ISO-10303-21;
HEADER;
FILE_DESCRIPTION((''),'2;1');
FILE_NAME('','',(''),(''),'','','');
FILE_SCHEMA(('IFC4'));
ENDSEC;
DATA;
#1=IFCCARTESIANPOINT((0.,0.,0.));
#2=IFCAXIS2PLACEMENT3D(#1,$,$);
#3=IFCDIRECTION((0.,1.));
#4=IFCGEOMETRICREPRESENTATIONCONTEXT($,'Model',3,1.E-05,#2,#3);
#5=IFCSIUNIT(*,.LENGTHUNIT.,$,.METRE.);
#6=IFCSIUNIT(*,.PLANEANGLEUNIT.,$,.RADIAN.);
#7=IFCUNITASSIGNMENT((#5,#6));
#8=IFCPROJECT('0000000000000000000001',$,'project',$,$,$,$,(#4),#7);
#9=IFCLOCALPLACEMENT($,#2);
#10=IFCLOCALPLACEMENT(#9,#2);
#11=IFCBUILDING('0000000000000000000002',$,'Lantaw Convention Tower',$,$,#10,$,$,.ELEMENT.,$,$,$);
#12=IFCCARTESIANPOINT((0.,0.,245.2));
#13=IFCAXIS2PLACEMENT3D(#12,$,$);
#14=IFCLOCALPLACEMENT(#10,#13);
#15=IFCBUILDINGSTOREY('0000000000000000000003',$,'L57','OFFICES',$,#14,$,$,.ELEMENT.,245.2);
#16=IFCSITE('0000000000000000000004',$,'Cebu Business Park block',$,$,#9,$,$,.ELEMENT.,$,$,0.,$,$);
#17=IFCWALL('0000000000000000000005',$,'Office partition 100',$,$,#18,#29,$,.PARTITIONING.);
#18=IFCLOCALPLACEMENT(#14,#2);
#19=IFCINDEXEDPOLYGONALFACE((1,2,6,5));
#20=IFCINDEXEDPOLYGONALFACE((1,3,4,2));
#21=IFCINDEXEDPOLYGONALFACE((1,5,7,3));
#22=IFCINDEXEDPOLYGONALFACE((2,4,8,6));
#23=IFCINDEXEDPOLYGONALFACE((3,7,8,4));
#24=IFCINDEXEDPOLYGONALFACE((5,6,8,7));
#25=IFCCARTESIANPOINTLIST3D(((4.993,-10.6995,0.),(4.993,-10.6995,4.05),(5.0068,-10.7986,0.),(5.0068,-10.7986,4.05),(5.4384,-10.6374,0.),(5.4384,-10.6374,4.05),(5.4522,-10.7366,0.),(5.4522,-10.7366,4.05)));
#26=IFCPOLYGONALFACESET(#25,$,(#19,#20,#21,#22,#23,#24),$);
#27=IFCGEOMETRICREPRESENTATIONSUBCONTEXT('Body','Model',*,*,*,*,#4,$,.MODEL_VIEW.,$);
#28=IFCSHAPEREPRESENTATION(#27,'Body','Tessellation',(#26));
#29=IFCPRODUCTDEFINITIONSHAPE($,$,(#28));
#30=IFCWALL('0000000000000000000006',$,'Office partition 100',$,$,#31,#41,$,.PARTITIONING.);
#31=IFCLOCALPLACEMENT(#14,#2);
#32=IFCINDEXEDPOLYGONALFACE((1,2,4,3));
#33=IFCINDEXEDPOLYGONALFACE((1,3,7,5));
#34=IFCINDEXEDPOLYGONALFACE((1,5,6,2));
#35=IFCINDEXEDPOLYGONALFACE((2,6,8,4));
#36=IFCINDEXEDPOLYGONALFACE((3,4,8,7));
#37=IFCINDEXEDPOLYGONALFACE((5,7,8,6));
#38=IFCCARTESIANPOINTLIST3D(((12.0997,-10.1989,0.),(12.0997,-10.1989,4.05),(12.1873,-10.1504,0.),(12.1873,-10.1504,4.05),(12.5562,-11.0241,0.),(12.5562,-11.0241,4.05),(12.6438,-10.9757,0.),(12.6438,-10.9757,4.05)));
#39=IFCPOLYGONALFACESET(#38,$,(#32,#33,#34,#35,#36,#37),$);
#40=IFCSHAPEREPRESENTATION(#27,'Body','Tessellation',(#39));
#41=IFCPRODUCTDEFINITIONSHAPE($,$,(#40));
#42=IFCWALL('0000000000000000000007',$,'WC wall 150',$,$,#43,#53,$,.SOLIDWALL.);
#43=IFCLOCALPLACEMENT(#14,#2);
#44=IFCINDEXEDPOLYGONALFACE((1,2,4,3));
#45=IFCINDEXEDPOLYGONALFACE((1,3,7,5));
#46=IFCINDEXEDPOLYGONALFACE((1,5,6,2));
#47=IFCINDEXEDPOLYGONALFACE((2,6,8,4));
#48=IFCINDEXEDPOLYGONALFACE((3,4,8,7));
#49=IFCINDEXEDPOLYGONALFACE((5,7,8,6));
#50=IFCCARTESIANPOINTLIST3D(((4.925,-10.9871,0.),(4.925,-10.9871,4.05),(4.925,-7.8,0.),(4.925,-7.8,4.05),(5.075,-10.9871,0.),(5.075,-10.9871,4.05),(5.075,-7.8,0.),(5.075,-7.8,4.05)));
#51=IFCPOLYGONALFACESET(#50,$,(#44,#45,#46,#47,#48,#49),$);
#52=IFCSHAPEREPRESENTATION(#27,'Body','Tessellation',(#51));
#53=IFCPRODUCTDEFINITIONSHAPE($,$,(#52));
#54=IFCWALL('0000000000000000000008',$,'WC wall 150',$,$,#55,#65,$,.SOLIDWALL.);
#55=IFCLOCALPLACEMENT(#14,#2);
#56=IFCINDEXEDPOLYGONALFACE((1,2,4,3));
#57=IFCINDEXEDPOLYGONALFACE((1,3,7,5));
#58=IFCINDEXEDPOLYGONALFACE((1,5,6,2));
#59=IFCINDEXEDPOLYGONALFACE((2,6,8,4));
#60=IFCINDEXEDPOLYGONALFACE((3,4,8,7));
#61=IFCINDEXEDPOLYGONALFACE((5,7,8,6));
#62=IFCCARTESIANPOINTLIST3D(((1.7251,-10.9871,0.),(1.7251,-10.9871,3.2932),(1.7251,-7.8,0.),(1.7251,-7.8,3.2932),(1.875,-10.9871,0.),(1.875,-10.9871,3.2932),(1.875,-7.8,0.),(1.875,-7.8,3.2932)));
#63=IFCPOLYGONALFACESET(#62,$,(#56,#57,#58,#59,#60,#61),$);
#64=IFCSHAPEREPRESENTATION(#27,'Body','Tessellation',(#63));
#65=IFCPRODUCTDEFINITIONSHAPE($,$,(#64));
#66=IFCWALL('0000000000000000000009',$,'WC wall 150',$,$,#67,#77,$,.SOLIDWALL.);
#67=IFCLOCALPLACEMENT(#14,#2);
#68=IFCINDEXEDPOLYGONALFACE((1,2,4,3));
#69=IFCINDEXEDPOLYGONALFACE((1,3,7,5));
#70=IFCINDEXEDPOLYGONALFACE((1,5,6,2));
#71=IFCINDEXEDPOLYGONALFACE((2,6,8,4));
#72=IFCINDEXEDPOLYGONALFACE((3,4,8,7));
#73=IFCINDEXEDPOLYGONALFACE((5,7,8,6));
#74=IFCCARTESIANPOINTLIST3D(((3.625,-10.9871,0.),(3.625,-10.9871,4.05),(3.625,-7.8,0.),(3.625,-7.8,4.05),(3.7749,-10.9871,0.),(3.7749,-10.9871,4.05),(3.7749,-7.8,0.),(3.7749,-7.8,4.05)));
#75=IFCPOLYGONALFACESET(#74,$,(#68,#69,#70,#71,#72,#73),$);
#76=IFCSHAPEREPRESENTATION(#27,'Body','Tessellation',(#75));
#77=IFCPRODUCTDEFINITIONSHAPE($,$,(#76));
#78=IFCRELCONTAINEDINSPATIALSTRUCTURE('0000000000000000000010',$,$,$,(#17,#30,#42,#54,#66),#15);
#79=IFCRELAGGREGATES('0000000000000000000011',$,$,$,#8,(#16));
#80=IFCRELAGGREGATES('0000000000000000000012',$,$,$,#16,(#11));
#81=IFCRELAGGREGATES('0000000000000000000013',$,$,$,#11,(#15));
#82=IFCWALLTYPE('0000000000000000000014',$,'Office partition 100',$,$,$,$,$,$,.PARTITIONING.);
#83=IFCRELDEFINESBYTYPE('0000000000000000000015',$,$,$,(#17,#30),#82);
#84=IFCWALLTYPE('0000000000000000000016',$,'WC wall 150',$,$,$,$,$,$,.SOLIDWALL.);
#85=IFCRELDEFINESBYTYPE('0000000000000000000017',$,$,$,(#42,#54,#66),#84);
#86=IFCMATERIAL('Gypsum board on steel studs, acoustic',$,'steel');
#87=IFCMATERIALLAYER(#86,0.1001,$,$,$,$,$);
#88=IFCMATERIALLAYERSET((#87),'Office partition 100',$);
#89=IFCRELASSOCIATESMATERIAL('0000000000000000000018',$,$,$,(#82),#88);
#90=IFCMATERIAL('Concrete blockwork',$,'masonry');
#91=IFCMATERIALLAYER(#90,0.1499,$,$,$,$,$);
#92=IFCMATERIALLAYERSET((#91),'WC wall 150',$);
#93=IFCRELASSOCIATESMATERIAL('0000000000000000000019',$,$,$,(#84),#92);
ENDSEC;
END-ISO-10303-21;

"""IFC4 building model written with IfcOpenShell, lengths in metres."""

from ifc_helpers import new_model, si_unit, direction, frame, frame_2d, origin, place, context, subcontext, project, spatial, rectangle, extrude, material, layer, layer_set, type_object, element, save


model = new_model("IFC4")

# Units and contexts
model_context = context("Model", 3, precision=1e-05, world=origin(), true_north=direction((0.0, 1.0)))
body_context = subcontext(model_context, "Body", "Model", "MODEL_VIEW")
ifc_project = project(units=[si_unit("LENGTHUNIT", "METRE"), si_unit("PLANEANGLEUNIT", "RADIAN")], contexts=[model_context])

# Site, building, storey
site_placement = place(None, origin())
site = spatial("IfcSite", under=ifc_project, at=site_placement, Name="Cebu Business Park block", CompositionType="ELEMENT", RefElevation=0.0)
building_placement = place(site_placement, origin())
building = spatial("IfcBuilding", under=site, at=building_placement, Name="Lantaw Convention Tower", CompositionType="ELEMENT")
storey_placement = place(building_placement, frame((0.0, 0.0, 245.2)))
storey = spatial("IfcBuildingStorey", under=building, at=storey_placement, Name="L57", Description="OFFICES", CompositionType="ELEMENT", Elevation=245.2)

# Walls
ifc_material_1 = material(Name="Gypsum board on steel studs, acoustic", Category="steel")
ifc_layer_1 = layer(ifc_material_1, 0.1001)
ifc_layer_set_1 = layer_set([ifc_layer_1], Name="Office partition 100")
wall_type_1 = type_object("IfcWallType", Name="Office partition 100", PredefinedType="PARTITIONING", material=ifc_layer_set_1)
wall_1_placement = place(storey_placement, frame((5.4453, -10.687, 0.0), z_axis=(0.0, 0.0, 1.0), x_axis=(-0.990443, -0.137924, 0.0)))
element("IfcWall", 1, at=wall_1_placement, inside=storey, type_object=wall_type_1, Name="Office partition 100", PredefinedType="PARTITIONING", context=body_context, shape_type="SweptSolid", body=[
    extrude(rectangle(XDim=0.4497, YDim=0.1001, at=frame_2d((0.2249, 0.0))), origin(), (0.0, 0.0, 1.0), 4.05),
])
wall_2_placement = place(storey_placement, frame((12.6001, -11.0, 0.0), z_axis=(0.0, 0.0, 1.0), x_axis=(-0.484104, 0.875011, 0.0)))
element("IfcWall", 2, at=wall_2_placement, inside=storey, type_object=wall_type_1, Name="Office partition 100", PredefinedType="PARTITIONING", context=body_context, shape_type="SweptSolid", body=[
    extrude(rectangle(XDim=0.9431, YDim=0.1001, at=frame_2d((0.4717, 0.0))), origin(), (0.0, 0.0, 1.0), 4.05),
])
ifc_material_2 = material(Name="Concrete blockwork", Category="masonry")
ifc_layer_2 = layer(ifc_material_2, 0.1499)
ifc_layer_set_2 = layer_set([ifc_layer_2], Name="WC wall 150")
wall_type_2 = type_object("IfcWallType", Name="WC wall 150", PredefinedType="SOLIDWALL", material=ifc_layer_set_2)
wall_3_placement = place(storey_placement, frame((5.0, -7.8, 0.0), z_axis=(0.0, 0.0, 1.0), x_axis=(0.0, -1.0, 0.0)))
element("IfcWall", 3, at=wall_3_placement, inside=storey, type_object=wall_type_2, Name="WC wall 150", PredefinedType="SOLIDWALL", context=body_context, shape_type="SweptSolid", body=[
    extrude(rectangle(XDim=3.187, YDim=0.1499, at=frame_2d((1.5935, 0.0))), origin(), (0.0, 0.0, 1.0), 4.05),
])
wall_4_placement = place(storey_placement, frame((1.8, -7.8, 0.0), z_axis=(0.0, 0.0, 1.0), x_axis=(0.0, -1.0, 0.0)))
element("IfcWall", 4, at=wall_4_placement, inside=storey, type_object=wall_type_2, Name="WC wall 150", PredefinedType="SOLIDWALL", context=body_context, shape_type="SweptSolid", body=[
    extrude(rectangle(XDim=3.187, YDim=0.1499, at=frame_2d((1.5935, 0.0))), origin(), (0.0, 0.0, 1.0), 3.2932),
])
wall_5_placement = place(storey_placement, frame((3.7, -7.8, 0.0), z_axis=(0.0, 0.0, 1.0), x_axis=(0.0, -1.0, 0.0)))
element("IfcWall", 5, at=wall_5_placement, inside=storey, type_object=wall_type_2, Name="WC wall 150", PredefinedType="SOLIDWALL", context=body_context, shape_type="SweptSolid", body=[
    extrude(rectangle(XDim=3.187, YDim=0.1499, at=frame_2d((1.5935, 0.0))), origin(), (0.0, 0.0, 1.0), 4.05),
])

save(model, "model.ifc")
